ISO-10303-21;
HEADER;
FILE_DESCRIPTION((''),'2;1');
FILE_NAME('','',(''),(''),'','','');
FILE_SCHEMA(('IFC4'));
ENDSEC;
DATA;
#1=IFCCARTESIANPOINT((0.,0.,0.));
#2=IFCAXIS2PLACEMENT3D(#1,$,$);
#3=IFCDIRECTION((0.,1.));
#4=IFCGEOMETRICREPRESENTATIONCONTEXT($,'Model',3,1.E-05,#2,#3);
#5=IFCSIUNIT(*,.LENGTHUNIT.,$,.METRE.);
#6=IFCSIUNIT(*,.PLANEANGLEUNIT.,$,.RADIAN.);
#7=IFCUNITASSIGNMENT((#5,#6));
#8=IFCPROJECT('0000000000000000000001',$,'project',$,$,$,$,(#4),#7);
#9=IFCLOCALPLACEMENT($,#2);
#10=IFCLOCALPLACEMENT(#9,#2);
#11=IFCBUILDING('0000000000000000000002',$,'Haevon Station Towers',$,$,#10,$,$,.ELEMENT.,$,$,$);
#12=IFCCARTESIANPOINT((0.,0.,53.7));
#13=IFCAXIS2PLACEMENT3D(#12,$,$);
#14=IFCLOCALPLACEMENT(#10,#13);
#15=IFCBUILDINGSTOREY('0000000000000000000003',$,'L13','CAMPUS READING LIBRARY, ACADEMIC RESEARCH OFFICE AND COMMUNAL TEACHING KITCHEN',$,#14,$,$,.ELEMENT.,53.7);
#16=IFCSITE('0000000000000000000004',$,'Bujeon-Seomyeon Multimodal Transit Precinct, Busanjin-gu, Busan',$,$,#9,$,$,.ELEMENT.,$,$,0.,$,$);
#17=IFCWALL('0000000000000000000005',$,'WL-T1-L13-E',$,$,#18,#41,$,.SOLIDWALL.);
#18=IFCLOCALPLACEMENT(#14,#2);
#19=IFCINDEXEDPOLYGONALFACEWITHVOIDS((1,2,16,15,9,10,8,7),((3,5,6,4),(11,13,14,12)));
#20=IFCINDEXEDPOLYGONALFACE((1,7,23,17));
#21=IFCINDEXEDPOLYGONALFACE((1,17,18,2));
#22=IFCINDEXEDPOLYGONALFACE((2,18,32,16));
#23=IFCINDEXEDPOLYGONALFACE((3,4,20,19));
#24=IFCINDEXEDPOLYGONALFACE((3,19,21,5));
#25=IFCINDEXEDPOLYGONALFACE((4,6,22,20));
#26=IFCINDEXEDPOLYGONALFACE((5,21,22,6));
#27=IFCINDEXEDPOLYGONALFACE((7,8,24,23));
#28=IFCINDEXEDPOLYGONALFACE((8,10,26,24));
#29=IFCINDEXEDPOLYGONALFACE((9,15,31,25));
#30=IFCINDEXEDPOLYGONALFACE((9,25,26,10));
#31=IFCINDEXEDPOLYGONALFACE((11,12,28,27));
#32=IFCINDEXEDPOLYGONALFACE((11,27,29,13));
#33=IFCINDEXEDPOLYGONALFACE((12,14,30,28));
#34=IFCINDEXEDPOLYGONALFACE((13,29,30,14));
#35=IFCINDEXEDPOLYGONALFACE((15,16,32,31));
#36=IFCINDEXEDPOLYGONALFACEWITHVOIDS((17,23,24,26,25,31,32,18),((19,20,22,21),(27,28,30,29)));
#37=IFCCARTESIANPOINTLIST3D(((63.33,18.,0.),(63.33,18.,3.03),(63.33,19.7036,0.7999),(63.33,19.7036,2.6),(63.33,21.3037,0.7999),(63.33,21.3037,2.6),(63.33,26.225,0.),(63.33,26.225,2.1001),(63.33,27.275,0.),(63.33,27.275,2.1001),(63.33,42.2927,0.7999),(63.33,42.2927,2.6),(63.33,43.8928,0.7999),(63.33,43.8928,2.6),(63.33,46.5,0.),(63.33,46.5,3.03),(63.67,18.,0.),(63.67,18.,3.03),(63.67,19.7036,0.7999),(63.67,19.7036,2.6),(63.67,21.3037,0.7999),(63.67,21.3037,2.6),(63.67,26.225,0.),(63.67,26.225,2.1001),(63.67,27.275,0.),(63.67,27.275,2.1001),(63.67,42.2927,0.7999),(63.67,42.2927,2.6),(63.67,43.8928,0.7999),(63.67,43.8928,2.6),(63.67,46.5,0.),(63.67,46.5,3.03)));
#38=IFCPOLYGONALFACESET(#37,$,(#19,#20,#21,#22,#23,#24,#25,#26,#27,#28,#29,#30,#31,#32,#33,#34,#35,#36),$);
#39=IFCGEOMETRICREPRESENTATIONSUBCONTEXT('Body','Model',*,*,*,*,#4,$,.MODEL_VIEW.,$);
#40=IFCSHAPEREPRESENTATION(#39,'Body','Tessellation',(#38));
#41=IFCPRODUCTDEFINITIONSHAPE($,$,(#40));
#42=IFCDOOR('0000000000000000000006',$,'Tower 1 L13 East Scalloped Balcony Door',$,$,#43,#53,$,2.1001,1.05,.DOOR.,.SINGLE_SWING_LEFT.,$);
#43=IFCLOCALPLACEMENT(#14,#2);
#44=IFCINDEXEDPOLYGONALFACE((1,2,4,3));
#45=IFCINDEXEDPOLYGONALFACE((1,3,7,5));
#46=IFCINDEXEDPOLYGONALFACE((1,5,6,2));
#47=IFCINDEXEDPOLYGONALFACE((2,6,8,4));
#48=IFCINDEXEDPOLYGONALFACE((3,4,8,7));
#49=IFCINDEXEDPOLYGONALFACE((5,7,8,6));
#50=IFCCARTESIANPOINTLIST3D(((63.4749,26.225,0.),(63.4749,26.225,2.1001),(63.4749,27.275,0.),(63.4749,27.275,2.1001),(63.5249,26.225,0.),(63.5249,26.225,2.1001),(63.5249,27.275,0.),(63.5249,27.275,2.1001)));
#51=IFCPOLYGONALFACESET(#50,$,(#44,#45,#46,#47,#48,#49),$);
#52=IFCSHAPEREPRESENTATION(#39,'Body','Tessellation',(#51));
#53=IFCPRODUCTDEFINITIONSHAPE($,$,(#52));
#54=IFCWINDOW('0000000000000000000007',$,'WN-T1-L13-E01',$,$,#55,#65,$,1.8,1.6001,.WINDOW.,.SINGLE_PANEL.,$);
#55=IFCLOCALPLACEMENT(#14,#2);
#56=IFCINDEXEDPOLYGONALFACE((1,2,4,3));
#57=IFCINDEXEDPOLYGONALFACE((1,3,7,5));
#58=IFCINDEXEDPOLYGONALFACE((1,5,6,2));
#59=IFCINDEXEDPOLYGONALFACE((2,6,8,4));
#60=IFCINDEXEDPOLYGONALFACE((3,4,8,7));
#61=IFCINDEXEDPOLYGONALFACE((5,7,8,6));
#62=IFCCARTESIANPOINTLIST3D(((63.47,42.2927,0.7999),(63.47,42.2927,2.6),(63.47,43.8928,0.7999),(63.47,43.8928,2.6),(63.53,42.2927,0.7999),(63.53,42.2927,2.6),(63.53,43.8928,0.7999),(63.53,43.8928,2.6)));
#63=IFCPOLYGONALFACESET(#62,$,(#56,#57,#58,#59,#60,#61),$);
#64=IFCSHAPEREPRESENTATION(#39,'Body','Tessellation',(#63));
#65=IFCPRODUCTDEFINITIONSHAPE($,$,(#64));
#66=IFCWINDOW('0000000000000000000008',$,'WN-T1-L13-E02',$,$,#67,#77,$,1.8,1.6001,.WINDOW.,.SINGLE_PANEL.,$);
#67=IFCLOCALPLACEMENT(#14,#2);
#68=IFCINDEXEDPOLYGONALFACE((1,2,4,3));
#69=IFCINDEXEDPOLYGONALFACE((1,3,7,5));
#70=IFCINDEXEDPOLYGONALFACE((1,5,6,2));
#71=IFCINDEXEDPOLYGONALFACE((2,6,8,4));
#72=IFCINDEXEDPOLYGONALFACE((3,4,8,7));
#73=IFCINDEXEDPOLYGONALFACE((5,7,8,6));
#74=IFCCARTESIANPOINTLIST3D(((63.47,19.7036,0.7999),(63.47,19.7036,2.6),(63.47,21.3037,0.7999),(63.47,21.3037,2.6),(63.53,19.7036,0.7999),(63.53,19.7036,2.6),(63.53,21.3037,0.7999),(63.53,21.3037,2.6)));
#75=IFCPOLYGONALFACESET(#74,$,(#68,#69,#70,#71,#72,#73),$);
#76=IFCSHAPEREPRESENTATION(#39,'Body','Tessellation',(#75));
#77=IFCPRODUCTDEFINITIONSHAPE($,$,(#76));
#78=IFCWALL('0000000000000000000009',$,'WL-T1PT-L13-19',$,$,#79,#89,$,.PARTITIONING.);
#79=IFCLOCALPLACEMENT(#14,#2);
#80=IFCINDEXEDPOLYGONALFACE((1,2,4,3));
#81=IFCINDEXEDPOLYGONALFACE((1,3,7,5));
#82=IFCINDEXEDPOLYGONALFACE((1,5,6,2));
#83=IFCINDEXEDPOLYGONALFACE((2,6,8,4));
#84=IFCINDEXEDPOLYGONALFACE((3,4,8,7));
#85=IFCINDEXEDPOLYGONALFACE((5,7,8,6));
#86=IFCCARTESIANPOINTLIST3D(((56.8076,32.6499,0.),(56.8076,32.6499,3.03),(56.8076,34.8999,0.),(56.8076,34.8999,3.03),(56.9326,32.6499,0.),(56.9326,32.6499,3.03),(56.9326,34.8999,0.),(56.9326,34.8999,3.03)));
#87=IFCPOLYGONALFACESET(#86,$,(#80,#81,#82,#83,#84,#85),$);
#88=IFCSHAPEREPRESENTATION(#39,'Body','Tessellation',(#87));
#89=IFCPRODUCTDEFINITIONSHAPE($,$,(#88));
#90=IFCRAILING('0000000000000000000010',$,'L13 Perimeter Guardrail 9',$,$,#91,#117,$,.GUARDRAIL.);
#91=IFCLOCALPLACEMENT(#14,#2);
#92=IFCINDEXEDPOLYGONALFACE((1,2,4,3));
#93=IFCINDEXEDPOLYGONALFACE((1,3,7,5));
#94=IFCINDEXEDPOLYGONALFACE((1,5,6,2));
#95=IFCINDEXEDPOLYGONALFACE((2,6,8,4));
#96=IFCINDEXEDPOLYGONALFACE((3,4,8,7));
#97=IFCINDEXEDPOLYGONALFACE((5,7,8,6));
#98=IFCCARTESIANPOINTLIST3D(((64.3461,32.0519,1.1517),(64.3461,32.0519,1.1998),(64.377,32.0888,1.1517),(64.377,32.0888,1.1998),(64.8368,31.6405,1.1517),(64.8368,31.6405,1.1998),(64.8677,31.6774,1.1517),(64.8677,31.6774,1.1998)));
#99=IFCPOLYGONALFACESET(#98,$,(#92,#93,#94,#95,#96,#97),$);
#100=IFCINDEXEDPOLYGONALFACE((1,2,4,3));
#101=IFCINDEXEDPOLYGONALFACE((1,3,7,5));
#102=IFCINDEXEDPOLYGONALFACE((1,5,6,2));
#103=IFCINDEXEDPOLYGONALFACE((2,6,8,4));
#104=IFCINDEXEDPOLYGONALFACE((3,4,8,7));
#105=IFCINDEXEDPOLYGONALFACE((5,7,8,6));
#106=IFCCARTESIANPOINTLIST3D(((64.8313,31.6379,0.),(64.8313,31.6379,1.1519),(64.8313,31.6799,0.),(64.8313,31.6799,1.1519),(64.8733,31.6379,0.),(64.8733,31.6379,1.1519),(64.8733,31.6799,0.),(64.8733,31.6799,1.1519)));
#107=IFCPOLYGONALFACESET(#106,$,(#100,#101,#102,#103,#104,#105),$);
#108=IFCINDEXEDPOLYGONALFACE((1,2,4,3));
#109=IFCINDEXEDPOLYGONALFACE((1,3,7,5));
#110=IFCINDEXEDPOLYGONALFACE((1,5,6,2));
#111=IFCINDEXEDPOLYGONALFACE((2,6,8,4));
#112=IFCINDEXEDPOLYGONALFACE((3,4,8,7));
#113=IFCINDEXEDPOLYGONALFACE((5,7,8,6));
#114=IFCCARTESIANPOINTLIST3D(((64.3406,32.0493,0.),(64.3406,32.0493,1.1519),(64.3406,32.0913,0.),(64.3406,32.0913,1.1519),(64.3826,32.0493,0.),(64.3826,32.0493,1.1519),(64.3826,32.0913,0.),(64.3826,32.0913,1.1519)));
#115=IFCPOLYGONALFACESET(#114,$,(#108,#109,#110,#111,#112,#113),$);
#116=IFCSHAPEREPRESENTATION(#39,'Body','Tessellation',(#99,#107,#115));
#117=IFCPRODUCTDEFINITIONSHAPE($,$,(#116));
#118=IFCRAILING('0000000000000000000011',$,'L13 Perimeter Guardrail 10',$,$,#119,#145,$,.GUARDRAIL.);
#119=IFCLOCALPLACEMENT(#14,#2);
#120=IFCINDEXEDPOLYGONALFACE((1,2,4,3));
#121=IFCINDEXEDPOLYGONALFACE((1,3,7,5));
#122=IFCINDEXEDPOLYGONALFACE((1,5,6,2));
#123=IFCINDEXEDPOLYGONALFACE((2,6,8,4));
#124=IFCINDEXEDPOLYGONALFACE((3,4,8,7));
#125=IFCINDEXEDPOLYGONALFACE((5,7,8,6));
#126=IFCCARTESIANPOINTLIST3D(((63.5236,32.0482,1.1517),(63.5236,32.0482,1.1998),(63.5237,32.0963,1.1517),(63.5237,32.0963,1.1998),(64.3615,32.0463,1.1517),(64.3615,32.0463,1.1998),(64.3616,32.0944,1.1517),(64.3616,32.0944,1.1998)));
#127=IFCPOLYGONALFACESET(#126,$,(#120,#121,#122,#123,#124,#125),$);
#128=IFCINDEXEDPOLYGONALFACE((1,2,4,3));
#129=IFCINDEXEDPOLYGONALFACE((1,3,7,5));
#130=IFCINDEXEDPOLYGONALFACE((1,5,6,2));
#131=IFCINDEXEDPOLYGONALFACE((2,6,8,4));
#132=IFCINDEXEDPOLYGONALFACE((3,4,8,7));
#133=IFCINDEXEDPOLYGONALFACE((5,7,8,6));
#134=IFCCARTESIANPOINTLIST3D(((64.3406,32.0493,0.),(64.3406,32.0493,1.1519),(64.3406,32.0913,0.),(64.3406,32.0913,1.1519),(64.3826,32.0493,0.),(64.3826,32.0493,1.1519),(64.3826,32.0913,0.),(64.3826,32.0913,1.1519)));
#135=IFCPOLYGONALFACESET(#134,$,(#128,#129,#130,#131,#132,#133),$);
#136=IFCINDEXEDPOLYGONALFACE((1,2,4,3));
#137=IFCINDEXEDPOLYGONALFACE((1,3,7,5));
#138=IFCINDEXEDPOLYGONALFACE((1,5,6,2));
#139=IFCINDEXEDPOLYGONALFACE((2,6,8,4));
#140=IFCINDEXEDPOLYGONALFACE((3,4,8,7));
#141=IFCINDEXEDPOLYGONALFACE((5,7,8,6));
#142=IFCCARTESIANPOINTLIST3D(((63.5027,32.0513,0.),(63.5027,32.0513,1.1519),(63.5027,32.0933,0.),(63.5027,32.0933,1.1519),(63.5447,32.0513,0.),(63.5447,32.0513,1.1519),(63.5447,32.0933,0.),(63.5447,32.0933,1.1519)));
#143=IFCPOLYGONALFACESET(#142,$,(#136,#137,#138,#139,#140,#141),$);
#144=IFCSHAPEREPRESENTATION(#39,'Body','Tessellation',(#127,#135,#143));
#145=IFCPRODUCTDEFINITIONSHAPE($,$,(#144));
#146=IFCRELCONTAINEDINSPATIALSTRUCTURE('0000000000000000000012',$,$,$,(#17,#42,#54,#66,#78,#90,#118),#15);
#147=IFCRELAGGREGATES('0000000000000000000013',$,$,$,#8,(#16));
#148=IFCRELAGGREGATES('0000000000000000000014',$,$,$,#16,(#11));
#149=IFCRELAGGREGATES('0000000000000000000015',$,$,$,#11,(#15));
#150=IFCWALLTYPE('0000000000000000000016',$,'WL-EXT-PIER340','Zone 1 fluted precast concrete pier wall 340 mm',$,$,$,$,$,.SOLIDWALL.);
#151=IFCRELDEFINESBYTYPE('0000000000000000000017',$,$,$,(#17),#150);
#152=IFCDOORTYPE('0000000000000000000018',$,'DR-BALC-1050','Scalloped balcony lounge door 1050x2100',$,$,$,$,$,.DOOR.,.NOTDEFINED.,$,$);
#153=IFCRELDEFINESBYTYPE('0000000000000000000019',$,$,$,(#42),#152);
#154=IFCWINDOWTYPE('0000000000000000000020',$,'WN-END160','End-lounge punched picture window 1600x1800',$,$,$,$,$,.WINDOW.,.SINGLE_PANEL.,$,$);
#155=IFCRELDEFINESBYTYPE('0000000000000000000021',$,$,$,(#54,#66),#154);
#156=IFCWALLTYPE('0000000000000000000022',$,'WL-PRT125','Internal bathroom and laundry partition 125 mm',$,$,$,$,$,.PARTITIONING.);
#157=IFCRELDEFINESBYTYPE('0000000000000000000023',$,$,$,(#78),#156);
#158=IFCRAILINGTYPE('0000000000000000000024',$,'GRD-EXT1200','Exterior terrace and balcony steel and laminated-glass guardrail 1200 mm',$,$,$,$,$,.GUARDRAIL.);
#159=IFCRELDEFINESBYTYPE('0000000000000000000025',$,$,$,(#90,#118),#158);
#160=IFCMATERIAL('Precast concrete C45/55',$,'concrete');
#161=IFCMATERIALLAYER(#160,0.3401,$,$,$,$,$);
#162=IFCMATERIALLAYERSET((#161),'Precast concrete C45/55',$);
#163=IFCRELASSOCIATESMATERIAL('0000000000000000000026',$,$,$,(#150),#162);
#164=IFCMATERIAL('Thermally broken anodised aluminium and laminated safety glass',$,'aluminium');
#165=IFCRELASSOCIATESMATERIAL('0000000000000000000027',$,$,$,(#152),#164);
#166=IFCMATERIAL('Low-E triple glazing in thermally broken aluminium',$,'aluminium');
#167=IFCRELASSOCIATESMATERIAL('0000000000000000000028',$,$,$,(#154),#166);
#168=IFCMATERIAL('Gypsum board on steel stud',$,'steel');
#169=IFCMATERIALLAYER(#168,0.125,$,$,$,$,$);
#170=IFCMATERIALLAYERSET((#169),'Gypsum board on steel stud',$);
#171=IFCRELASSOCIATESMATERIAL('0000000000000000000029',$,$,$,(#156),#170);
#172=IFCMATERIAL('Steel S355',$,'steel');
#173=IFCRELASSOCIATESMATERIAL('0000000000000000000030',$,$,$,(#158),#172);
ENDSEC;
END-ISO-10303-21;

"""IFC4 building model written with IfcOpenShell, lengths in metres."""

from ifc_helpers import new_model, si_unit, direction, frame, frame_2d, origin, origin_2d, place, context, subcontext, project, spatial, rectangle, extrude, material, layer, layer_set, type_object, element, fill, save


model = new_model("IFC4")

# Units and contexts
model_context = context("Model", 3, precision=1e-05, world=origin(), true_north=direction((0.0, 1.0)))
body_context = subcontext(model_context, "Body", "Model", "MODEL_VIEW")
ifc_project = project(units=[si_unit("LENGTHUNIT", "METRE"), si_unit("PLANEANGLEUNIT", "RADIAN")], contexts=[model_context])

# Site, building, storey
site_placement = place(None, origin())
site = spatial("IfcSite", under=ifc_project, at=site_placement, Name="Bujeon-Seomyeon Multimodal Transit Precinct, Busanjin-gu, Busan", CompositionType="ELEMENT", RefElevation=0.0)
building_placement = place(site_placement, origin())
building = spatial("IfcBuilding", under=site, at=building_placement, Name="Haevon Station Towers", CompositionType="ELEMENT")
storey_placement = place(building_placement, frame((0.0, 0.0, 53.7)))
storey = spatial("IfcBuildingStorey", under=building, at=storey_placement, Name="L13", Description="CAMPUS READING LIBRARY, ACADEMIC RESEARCH OFFICE AND COMMUNAL TEACHING KITCHEN", CompositionType="ELEMENT", Elevation=53.7)

# Shared definitions
ifc_material_1 = material(Name="Steel S355", Category="steel")

# Shared definitions
ifc_material_2 = material(Name="Gypsum board on steel stud", Category="steel")
ifc_material_3 = material(Name="Precast concrete C45/55", Category="concrete")
ifc_layer_1 = layer(ifc_material_3, 0.3401)
ifc_layer_set_1 = layer_set([ifc_layer_1], Name="Precast concrete C45/55")
wall_type_1 = type_object("IfcWallType", Name="WL-EXT-PIER340", Description="Zone 1 fluted precast concrete pier wall 340 mm", PredefinedType="SOLIDWALL", material=ifc_layer_set_1)

# Wall, openings, door, windows
wall_1_placement = place(storey_placement, frame((63.5, 46.5, 0.0), z_axis=(0.0, 0.0, 1.0), x_axis=(0.0, -1.0, 0.0)))
wall_1 = element("IfcWall", 1, at=wall_1_placement, inside=storey, type_object=wall_type_1, Name="WL-T1-L13-E", PredefinedType="SOLIDWALL", context=body_context, shape_type="SweptSolid", body=[
    extrude(rectangle(XDim=28.5, YDim=0.3401, at=frame_2d((14.25, 0.0))), origin(), (0.0, 0.0, 1.0), 3.03),
])
opening_1_placement = place(wall_1_placement, frame((19.2251, 0.0, 0.0)))
opening_1 = element("IfcOpeningElement", 2, at=opening_1_placement, cuts=wall_1, PredefinedType="OPENING", context=body_context, shape_type="SweptSolid", body=[
    extrude(rectangle(XDim=1.05, YDim=2.1001, at=frame_2d((0.5249, 1.05))), frame((0.0, 0.1799, 0.0), z_axis=(0.0, -1.0, 0.0), x_axis=(1.0, 0.0, 0.0)), (0.0, 0.0, 1.0), 0.3601),
])
opening_2_placement = place(wall_1_placement, frame((2.6072, 0.0, 0.8)))
opening_2 = element("IfcOpeningElement", 3, at=opening_2_placement, cuts=wall_1, PredefinedType="OPENING", context=body_context, shape_type="SweptSolid", body=[
    extrude(rectangle(XDim=1.6001, YDim=1.8, at=frame_2d((0.8, 0.8999))), frame((0.0, 0.1799, 0.0), z_axis=(0.0, -1.0, 0.0), x_axis=(1.0, 0.0, 0.0)), (0.0, 0.0, 1.0), 0.3601),
])
opening_3_placement = place(wall_1_placement, frame((25.1963, 0.0, 0.8)))
opening_3 = element("IfcOpeningElement", 4, at=opening_3_placement, cuts=wall_1, PredefinedType="OPENING", context=body_context, shape_type="SweptSolid", body=[
    extrude(rectangle(XDim=1.6001, YDim=1.8, at=frame_2d((0.8, 0.8999))), frame((0.0, 0.1799, 0.0), z_axis=(0.0, -1.0, 0.0), x_axis=(1.0, 0.0, 0.0)), (0.0, 0.0, 1.0), 0.3601),
])
ifc_material_4 = material(Name="Thermally broken anodised aluminium and laminated safety glass", Category="aluminium")
door_type = type_object("IfcDoorType", Name="DR-BALC-1050", Description="Scalloped balcony lounge door 1050x2100", OperationType="NOTDEFINED", PredefinedType="DOOR", material=ifc_material_4)
door_placement = place(opening_1_placement, origin())
door = element("IfcDoor", 5, at=door_placement, inside=storey, type_object=door_type, Name="Tower 1 L13 East Scalloped Balcony Door", OperationType="SINGLE_SWING_LEFT", OverallHeight=2.1001, OverallWidth=1.05, PredefinedType="DOOR", context=body_context, shape_type="SweptSolid", body=[
    extrude(rectangle(XDim=1.05, YDim=2.1001, at=frame_2d((0.5249, 1.05))), frame((0.0, 0.0249, 0.0), z_axis=(0.0, -1.0, 0.0), x_axis=(1.0, 0.0, 0.0)), (0.0, 0.0, 1.0), 0.05),
])
fill(opening_1, door)
ifc_material_5 = material(Name="Low-E triple glazing in thermally broken aluminium", Category="aluminium")
window_type = type_object("IfcWindowType", Name="WN-END160", Description="End-lounge punched picture window 1600x1800", PartitioningType="SINGLE_PANEL", PredefinedType="WINDOW", material=ifc_material_5)
window_1_placement = place(opening_2_placement, origin())
window_1 = element("IfcWindow", 6, at=window_1_placement, inside=storey, type_object=window_type, Name="WN-T1-L13-E01", OverallHeight=1.8, OverallWidth=1.6001, PartitioningType="SINGLE_PANEL", PredefinedType="WINDOW", context=body_context, shape_type="SweptSolid", body=[
    extrude(rectangle(XDim=1.6001, YDim=1.8, at=frame_2d((0.8, 0.8999))), frame((0.0, 0.03, 0.0), z_axis=(0.0, -1.0, 0.0), x_axis=(1.0, 0.0, 0.0)), (0.0, 0.0, 1.0), 0.0601),
])
fill(opening_2, window_1)
window_2_placement = place(opening_3_placement, origin())
window_2 = element("IfcWindow", 7, at=window_2_placement, inside=storey, type_object=window_type, Name="WN-T1-L13-E02", OverallHeight=1.8, OverallWidth=1.6001, PartitioningType="SINGLE_PANEL", PredefinedType="WINDOW", context=body_context, shape_type="SweptSolid", body=[
    extrude(rectangle(XDim=1.6001, YDim=1.8, at=frame_2d((0.8, 0.8999))), frame((0.0, 0.03, 0.0), z_axis=(0.0, -1.0, 0.0), x_axis=(1.0, 0.0, 0.0)), (0.0, 0.0, 1.0), 0.0601),
])
fill(opening_3, window_2)

# Wall
ifc_layer_2 = layer(ifc_material_2, 0.125)
ifc_layer_set_2 = layer_set([ifc_layer_2], Name="Gypsum board on steel stud")
wall_type_2 = type_object("IfcWallType", Name="WL-PRT125", Description="Internal bathroom and laundry partition 125 mm", PredefinedType="PARTITIONING", material=ifc_layer_set_2)
wall_2_placement = place(storey_placement, frame((56.8701, 32.6499, 0.0), z_axis=(0.0, 0.0, 1.0), x_axis=(0.0, 1.0, 0.0)))
element("IfcWall", 8, at=wall_2_placement, inside=storey, type_object=wall_type_2, Name="WL-T1PT-L13-19", PredefinedType="PARTITIONING", context=body_context, shape_type="SweptSolid", body=[
    extrude(rectangle(XDim=2.25, YDim=0.125, at=frame_2d((1.125, 0.0))), origin(), (0.0, 0.0, 1.0), 3.03),
])

# Railings
railing_type = type_object("IfcRailingType", Name="GRD-EXT1200", Description="Exterior terrace and balcony steel and laminated-glass guardrail 1200 mm", PredefinedType="GUARDRAIL", material=ifc_material_1)
railing_1_placement = place(storey_placement, frame((64.8523, 31.6589, 0.0)))
element("IfcRailing", 9, at=railing_1_placement, inside=storey, type_object=railing_type, Name="L13 Perimeter Guardrail 9", PredefinedType="GUARDRAIL", context=body_context, shape_type="SweptSolid", body=[
    extrude(rectangle(XDim=0.0481, YDim=0.0481, at=origin_2d()), frame((0.0, 0.0, 1.1758), z_axis=(-0.766343, 0.642432, 0.0), x_axis=(-0.642432, -0.766343, 0.0)), (0.0, 0.0, 1.0), 0.6404),
    extrude(rectangle(XDim=0.042, YDim=0.042, at=origin_2d()), origin(), (0.0, 0.0, 1.0), 1.1519),
    extrude(rectangle(XDim=0.042, YDim=0.042, at=origin_2d()), frame((-0.4907, 0.4114, 0.0)), (0.0, 0.0, 1.0), 1.1519),
])
railing_2_placement = place(storey_placement, frame((64.3616, 32.0703, 0.0)))
element("IfcRailing", 10, at=railing_2_placement, inside=storey, type_object=railing_type, Name="L13 Perimeter Guardrail 10", PredefinedType="GUARDRAIL", context=body_context, shape_type="SweptSolid", body=[
    extrude(rectangle(XDim=0.0481, YDim=0.0481, at=origin_2d()), frame((0.0, 0.0, 1.1758), z_axis=(-0.999997, 0.002331, 0.0), x_axis=(-0.002331, -0.999997, 0.0)), (0.0, 0.0, 1.0), 0.8379),
    extrude(rectangle(XDim=0.042, YDim=0.042, at=origin_2d()), origin(), (0.0, 0.0, 1.0), 1.1519),
    extrude(rectangle(XDim=0.042, YDim=0.042, at=origin_2d()), frame((-0.8379, 0.002, 0.0)), (0.0, 0.0, 1.0), 1.1519),
])

save(model, "model.ifc")
